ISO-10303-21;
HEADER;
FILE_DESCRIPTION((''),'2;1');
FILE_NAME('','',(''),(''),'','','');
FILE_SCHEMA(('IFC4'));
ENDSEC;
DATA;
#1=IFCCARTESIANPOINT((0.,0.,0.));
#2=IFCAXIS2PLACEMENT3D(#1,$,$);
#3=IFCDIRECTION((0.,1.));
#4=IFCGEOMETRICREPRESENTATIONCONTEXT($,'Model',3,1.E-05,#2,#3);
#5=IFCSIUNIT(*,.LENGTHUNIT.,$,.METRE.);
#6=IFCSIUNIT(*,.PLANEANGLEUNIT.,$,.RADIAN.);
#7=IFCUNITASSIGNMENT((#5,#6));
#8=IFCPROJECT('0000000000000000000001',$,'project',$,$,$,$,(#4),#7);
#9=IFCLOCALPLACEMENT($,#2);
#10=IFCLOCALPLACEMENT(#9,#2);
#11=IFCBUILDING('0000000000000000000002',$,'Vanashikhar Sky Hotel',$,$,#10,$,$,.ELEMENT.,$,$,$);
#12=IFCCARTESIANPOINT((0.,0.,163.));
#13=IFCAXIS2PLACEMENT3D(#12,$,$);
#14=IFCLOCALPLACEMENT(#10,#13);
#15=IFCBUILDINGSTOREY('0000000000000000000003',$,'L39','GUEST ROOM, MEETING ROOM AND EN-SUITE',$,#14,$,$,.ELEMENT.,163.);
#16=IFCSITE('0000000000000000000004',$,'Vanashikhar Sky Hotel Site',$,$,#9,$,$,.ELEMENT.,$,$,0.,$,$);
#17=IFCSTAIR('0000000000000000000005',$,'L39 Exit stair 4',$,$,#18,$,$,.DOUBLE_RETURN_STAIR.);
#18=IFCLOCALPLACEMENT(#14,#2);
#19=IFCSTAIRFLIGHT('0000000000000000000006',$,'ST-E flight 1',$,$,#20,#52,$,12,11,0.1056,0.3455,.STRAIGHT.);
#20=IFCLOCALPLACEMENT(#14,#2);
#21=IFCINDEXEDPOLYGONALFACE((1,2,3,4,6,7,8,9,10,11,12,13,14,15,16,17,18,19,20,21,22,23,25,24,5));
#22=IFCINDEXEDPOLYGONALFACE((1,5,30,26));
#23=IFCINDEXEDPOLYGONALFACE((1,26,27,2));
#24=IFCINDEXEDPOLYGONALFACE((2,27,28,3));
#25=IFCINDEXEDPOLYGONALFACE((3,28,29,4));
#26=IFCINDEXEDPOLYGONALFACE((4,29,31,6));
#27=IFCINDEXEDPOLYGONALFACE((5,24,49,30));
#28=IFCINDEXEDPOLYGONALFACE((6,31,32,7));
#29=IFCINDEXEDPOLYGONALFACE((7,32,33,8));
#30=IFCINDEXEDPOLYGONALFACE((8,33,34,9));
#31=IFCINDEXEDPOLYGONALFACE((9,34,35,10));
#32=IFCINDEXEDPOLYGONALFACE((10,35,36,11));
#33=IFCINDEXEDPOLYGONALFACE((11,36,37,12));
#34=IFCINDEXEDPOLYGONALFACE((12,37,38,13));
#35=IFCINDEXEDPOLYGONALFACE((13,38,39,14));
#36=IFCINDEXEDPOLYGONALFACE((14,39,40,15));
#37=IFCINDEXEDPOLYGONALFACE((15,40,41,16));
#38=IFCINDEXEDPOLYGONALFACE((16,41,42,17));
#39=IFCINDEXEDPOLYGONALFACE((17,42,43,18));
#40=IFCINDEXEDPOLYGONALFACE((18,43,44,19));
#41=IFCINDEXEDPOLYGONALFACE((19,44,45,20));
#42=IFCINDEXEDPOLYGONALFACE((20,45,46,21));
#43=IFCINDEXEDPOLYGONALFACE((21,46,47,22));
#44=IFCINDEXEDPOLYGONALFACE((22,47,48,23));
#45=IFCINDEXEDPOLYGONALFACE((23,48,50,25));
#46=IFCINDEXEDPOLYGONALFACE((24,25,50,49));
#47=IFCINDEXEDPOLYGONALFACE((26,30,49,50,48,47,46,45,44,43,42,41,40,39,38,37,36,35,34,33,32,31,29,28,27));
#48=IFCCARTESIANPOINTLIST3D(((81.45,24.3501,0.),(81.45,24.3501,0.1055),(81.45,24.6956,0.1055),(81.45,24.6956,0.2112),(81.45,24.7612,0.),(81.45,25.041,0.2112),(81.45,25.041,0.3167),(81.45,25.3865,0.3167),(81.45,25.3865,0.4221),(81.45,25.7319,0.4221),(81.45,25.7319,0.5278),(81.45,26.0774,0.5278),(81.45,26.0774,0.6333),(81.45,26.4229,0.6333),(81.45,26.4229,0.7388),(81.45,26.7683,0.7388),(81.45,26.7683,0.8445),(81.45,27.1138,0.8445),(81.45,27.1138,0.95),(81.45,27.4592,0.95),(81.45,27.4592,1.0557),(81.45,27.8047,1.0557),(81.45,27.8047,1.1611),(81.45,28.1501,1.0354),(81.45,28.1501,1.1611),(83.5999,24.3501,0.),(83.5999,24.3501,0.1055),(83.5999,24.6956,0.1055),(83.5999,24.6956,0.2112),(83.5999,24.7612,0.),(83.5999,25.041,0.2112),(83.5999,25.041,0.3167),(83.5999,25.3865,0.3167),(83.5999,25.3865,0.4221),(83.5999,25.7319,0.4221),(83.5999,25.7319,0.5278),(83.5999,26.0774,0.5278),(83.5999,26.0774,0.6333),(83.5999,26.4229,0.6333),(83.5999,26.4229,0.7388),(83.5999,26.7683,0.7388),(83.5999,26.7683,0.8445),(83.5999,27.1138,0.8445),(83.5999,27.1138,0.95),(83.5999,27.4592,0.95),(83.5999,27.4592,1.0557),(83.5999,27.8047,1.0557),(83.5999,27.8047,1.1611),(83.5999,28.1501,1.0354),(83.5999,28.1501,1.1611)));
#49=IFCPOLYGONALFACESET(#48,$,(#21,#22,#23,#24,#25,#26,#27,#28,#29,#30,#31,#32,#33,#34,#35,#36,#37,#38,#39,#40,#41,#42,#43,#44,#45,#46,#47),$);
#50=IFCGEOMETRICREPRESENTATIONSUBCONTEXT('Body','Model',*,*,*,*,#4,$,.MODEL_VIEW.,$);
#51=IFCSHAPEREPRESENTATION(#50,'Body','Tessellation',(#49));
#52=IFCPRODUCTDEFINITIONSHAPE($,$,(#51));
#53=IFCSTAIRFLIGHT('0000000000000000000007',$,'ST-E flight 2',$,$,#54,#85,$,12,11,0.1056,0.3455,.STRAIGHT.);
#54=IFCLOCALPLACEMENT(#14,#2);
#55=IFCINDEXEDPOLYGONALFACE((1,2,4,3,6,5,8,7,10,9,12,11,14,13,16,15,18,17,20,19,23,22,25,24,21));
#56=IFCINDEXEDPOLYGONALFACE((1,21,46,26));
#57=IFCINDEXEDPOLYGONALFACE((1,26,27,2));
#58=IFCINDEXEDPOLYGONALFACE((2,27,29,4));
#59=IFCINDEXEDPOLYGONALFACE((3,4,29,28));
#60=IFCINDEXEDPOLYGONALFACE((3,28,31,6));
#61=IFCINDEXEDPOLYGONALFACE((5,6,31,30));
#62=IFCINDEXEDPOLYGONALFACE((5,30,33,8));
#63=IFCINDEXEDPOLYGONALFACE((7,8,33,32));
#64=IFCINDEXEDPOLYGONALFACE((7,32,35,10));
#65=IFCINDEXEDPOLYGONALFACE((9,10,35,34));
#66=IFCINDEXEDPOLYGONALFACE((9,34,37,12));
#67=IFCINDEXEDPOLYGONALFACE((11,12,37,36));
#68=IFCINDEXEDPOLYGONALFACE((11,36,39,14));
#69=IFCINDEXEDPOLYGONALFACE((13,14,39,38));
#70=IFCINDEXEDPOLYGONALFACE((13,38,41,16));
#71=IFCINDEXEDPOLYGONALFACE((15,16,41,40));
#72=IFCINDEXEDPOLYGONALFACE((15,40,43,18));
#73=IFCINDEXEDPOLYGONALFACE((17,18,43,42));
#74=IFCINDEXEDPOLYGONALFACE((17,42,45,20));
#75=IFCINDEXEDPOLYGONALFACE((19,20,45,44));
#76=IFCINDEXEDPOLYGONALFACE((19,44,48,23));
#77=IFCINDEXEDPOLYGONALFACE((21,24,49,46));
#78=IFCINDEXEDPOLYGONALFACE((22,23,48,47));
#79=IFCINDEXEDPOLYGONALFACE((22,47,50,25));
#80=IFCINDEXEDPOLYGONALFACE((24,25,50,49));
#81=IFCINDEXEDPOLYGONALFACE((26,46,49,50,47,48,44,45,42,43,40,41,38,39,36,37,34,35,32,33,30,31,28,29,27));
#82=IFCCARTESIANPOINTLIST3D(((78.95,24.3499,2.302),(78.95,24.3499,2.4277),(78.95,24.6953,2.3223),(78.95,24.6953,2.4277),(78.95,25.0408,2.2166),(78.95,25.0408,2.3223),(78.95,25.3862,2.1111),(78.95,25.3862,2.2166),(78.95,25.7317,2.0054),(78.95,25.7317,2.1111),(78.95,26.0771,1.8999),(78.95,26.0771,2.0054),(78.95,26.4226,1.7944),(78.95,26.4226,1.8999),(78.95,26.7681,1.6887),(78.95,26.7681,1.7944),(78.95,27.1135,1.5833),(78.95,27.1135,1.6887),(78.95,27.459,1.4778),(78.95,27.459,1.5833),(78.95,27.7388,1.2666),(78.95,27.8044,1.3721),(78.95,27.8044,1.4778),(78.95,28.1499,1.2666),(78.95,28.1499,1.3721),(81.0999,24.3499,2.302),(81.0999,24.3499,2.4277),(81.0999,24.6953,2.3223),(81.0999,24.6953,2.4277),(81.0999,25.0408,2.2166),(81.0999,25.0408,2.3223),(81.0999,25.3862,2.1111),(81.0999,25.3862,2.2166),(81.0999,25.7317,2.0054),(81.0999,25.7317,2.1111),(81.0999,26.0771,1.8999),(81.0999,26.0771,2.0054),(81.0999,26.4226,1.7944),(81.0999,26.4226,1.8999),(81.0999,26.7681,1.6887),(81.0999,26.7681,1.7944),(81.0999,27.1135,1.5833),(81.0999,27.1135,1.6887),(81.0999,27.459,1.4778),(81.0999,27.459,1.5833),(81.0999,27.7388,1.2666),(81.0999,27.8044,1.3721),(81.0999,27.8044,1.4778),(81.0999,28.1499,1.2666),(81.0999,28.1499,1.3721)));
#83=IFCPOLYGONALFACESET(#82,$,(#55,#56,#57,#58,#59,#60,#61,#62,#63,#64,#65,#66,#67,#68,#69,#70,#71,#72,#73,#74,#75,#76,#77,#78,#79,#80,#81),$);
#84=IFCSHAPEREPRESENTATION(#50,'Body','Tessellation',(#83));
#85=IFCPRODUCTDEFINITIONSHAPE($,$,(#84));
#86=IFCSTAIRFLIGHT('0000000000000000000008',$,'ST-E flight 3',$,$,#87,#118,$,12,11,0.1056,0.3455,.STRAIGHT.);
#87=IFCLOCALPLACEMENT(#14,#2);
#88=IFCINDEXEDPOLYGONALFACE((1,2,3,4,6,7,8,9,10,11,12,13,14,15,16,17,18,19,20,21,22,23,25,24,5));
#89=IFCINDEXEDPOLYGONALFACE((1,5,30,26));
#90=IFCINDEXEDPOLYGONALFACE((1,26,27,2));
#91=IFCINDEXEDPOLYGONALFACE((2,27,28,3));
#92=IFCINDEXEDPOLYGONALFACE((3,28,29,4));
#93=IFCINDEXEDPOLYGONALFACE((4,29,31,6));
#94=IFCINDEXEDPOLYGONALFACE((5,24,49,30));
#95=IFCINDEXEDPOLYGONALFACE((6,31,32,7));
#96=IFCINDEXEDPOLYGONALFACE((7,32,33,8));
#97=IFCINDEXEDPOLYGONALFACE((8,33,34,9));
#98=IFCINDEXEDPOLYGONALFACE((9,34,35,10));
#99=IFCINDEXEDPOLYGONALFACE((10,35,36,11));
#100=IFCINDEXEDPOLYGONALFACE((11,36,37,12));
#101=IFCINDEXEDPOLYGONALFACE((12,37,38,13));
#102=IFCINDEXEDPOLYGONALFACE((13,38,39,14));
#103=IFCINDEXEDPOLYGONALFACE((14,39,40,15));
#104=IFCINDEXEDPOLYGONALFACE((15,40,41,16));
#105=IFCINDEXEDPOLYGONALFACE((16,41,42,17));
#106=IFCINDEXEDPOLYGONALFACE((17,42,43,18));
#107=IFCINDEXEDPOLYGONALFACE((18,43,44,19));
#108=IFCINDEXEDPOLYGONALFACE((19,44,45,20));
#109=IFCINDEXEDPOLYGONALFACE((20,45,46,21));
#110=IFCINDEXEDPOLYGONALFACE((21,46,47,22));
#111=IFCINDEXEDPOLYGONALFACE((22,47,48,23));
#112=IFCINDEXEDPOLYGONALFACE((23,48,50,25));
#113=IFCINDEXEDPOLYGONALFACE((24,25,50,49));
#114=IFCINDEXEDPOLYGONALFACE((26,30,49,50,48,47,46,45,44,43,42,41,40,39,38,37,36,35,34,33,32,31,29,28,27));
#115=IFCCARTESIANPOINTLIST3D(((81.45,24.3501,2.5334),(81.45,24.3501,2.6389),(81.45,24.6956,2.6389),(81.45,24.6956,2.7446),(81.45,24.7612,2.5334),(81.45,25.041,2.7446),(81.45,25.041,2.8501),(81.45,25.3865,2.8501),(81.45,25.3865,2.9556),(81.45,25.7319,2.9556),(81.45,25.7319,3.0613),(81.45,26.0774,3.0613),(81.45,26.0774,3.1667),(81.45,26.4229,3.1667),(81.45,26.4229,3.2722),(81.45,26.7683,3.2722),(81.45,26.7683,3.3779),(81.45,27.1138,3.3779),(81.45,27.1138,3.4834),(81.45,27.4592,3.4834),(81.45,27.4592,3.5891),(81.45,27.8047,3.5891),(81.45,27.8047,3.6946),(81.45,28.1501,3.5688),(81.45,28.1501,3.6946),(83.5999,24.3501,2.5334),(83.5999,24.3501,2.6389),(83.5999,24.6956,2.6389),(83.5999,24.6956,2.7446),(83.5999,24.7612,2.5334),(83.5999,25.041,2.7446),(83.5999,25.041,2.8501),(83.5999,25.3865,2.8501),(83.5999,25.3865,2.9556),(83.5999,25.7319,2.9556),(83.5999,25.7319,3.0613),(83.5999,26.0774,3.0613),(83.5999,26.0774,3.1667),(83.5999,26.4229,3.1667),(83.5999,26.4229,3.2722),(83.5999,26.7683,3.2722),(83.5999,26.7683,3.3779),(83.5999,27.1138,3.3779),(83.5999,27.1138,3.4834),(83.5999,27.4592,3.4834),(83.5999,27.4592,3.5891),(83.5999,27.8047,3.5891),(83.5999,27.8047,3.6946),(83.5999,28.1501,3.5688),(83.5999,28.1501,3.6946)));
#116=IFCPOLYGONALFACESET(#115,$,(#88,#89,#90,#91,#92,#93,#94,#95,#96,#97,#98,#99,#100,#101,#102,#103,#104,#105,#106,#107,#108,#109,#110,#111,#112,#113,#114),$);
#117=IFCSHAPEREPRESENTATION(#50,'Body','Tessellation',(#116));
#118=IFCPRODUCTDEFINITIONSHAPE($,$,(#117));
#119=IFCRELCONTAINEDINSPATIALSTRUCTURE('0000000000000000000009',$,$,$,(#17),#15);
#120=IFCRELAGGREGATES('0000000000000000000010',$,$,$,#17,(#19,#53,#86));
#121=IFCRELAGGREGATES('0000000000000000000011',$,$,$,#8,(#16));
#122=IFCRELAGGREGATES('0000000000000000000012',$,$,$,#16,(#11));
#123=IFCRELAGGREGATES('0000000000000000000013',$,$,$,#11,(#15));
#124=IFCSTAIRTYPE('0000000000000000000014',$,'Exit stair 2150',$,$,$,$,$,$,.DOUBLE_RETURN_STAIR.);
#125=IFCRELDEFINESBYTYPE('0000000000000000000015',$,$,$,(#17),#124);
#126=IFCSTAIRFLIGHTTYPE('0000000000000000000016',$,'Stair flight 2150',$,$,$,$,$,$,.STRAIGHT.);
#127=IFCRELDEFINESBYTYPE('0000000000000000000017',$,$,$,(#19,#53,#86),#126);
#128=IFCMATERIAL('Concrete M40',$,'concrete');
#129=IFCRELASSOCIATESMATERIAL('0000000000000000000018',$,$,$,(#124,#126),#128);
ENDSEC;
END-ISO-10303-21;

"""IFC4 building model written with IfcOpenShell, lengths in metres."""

from ifc_helpers import new_model, si_unit, direction, frame, origin, place, context, subcontext, project, spatial, polyline, outline, extrude, source, transform, mapped, material, type_object, element, aggregate, save


model = new_model("IFC4")

# Units and contexts
model_context = context("Model", 3, precision=1e-05, world=origin(), true_north=direction((0.0, 1.0)))
body_context = subcontext(model_context, "Body", "Model", "MODEL_VIEW")
ifc_project = project(units=[si_unit("LENGTHUNIT", "METRE"), si_unit("PLANEANGLEUNIT", "RADIAN")], contexts=[model_context])

# Site, building, storey
site_placement = place(None, origin())
site = spatial("IfcSite", under=ifc_project, at=site_placement, Name="Vanashikhar Sky Hotel Site", CompositionType="ELEMENT", RefElevation=0.0)
building_placement = place(site_placement, origin())
building = spatial("IfcBuilding", under=site, at=building_placement, Name="Vanashikhar Sky Hotel", CompositionType="ELEMENT")
storey_placement = place(building_placement, frame((0.0, 0.0, 163.0)))
storey = spatial("IfcBuildingStorey", under=building, at=storey_placement, Name="L39", Description="GUEST ROOM, MEETING ROOM AND EN-SUITE", CompositionType="ELEMENT", Elevation=163.0)

# Shared definitions
ifc_material_1 = material(Name="Concrete M40", Category="concrete")

# Stair, stair flights
stair_type = type_object("IfcStairType", Name="Exit stair 2150", PredefinedType="DOUBLE_RETURN_STAIR", material=ifc_material_1)
stair_placement = place(storey_placement, origin())
stair = element("IfcStair", 1, at=stair_placement, inside=storey, type_object=stair_type, Name="L39 Exit stair 4", PredefinedType="DOUBLE_RETURN_STAIR")
stair_flight_type = type_object("IfcStairFlightType", Name="Stair flight 2150", PredefinedType="STRAIGHT", material=ifc_material_1)
shared_shape_1 = source(origin(), body_context, "Body", "SweptSolid", [
    extrude(outline(polyline([(0.0, 0.0), (0.0, 0.1055), (0.3455, 0.1055), (0.3455, 0.2112), (0.6909, 0.2112), (0.6909, 0.3167), (1.0364, 0.3167), (1.0364, 0.4221), (1.3818, 0.4221), (1.3818, 0.5278), (1.7273, 0.5278), (1.7273, 0.6333), (2.0728, 0.6333), (2.0728, 0.7388), (2.4182, 0.7388), (2.4182, 0.8445), (2.7637, 0.8445), (2.7637, 0.95), (3.1091, 0.95), (3.1091, 1.0557), (3.4546, 1.0557), (3.4546, 1.1611), (3.8, 1.1611), (3.8, 1.2666), (3.8, 1.0354), (0.4111, 0.0), (0.0, 0.0)])), frame((0.0, 1.075, 0.0), z_axis=(0.0, -1.0, 0.0), x_axis=(1.0, 0.0, 0.0)), (0.0, 0.0, 1.0), 2.1499),
])
stair_flight_1_placement = place(storey_placement, frame((82.5249, 24.3501, 0.0), z_axis=(0.0, 0.0, 1.0), x_axis=(0.0, 1.0, 0.0)))
stair_flight_1 = element("IfcStairFlight", 2, at=stair_flight_1_placement, type_object=stair_flight_type, Name="ST-E flight 1", NumberOfRisers=12, NumberOfTreads=11, PredefinedType="STRAIGHT", RiserHeight=0.1056, TreadLength=0.3455, context=body_context, shape_type="MappedRepresentation", body=[
    mapped(shared_shape_1, transform((0.0, 0.0, 0.0), scale=1.0)),
])
stair_flight_2_placement = place(storey_placement, frame((80.0249, 28.1499, 1.2666), z_axis=(0.0, 0.0, 1.0), x_axis=(0.0, -1.0, 0.0)))
stair_flight_2 = element("IfcStairFlight", 3, at=stair_flight_2_placement, type_object=stair_flight_type, Name="ST-E flight 2", NumberOfRisers=12, NumberOfTreads=11, PredefinedType="STRAIGHT", RiserHeight=0.1056, TreadLength=0.3455, context=body_context, shape_type="MappedRepresentation", body=[
    mapped(shared_shape_1, transform((0.0, 0.0, 0.0), scale=1.0)),
])
stair_flight_3_placement = place(storey_placement, frame((82.5249, 24.3501, 2.5334), z_axis=(0.0, 0.0, 1.0), x_axis=(0.0, 1.0, 0.0)))
stair_flight_3 = element("IfcStairFlight", 4, at=stair_flight_3_placement, type_object=stair_flight_type, Name="ST-E flight 3", NumberOfRisers=12, NumberOfTreads=11, PredefinedType="STRAIGHT", RiserHeight=0.1056, TreadLength=0.3455, context=body_context, shape_type="MappedRepresentation", body=[
    mapped(shared_shape_1, transform((0.0, 0.0, 0.0), scale=1.0)),
])
aggregate(stair, [stair_flight_1, stair_flight_2, stair_flight_3])

save(model, "model.ifc")
